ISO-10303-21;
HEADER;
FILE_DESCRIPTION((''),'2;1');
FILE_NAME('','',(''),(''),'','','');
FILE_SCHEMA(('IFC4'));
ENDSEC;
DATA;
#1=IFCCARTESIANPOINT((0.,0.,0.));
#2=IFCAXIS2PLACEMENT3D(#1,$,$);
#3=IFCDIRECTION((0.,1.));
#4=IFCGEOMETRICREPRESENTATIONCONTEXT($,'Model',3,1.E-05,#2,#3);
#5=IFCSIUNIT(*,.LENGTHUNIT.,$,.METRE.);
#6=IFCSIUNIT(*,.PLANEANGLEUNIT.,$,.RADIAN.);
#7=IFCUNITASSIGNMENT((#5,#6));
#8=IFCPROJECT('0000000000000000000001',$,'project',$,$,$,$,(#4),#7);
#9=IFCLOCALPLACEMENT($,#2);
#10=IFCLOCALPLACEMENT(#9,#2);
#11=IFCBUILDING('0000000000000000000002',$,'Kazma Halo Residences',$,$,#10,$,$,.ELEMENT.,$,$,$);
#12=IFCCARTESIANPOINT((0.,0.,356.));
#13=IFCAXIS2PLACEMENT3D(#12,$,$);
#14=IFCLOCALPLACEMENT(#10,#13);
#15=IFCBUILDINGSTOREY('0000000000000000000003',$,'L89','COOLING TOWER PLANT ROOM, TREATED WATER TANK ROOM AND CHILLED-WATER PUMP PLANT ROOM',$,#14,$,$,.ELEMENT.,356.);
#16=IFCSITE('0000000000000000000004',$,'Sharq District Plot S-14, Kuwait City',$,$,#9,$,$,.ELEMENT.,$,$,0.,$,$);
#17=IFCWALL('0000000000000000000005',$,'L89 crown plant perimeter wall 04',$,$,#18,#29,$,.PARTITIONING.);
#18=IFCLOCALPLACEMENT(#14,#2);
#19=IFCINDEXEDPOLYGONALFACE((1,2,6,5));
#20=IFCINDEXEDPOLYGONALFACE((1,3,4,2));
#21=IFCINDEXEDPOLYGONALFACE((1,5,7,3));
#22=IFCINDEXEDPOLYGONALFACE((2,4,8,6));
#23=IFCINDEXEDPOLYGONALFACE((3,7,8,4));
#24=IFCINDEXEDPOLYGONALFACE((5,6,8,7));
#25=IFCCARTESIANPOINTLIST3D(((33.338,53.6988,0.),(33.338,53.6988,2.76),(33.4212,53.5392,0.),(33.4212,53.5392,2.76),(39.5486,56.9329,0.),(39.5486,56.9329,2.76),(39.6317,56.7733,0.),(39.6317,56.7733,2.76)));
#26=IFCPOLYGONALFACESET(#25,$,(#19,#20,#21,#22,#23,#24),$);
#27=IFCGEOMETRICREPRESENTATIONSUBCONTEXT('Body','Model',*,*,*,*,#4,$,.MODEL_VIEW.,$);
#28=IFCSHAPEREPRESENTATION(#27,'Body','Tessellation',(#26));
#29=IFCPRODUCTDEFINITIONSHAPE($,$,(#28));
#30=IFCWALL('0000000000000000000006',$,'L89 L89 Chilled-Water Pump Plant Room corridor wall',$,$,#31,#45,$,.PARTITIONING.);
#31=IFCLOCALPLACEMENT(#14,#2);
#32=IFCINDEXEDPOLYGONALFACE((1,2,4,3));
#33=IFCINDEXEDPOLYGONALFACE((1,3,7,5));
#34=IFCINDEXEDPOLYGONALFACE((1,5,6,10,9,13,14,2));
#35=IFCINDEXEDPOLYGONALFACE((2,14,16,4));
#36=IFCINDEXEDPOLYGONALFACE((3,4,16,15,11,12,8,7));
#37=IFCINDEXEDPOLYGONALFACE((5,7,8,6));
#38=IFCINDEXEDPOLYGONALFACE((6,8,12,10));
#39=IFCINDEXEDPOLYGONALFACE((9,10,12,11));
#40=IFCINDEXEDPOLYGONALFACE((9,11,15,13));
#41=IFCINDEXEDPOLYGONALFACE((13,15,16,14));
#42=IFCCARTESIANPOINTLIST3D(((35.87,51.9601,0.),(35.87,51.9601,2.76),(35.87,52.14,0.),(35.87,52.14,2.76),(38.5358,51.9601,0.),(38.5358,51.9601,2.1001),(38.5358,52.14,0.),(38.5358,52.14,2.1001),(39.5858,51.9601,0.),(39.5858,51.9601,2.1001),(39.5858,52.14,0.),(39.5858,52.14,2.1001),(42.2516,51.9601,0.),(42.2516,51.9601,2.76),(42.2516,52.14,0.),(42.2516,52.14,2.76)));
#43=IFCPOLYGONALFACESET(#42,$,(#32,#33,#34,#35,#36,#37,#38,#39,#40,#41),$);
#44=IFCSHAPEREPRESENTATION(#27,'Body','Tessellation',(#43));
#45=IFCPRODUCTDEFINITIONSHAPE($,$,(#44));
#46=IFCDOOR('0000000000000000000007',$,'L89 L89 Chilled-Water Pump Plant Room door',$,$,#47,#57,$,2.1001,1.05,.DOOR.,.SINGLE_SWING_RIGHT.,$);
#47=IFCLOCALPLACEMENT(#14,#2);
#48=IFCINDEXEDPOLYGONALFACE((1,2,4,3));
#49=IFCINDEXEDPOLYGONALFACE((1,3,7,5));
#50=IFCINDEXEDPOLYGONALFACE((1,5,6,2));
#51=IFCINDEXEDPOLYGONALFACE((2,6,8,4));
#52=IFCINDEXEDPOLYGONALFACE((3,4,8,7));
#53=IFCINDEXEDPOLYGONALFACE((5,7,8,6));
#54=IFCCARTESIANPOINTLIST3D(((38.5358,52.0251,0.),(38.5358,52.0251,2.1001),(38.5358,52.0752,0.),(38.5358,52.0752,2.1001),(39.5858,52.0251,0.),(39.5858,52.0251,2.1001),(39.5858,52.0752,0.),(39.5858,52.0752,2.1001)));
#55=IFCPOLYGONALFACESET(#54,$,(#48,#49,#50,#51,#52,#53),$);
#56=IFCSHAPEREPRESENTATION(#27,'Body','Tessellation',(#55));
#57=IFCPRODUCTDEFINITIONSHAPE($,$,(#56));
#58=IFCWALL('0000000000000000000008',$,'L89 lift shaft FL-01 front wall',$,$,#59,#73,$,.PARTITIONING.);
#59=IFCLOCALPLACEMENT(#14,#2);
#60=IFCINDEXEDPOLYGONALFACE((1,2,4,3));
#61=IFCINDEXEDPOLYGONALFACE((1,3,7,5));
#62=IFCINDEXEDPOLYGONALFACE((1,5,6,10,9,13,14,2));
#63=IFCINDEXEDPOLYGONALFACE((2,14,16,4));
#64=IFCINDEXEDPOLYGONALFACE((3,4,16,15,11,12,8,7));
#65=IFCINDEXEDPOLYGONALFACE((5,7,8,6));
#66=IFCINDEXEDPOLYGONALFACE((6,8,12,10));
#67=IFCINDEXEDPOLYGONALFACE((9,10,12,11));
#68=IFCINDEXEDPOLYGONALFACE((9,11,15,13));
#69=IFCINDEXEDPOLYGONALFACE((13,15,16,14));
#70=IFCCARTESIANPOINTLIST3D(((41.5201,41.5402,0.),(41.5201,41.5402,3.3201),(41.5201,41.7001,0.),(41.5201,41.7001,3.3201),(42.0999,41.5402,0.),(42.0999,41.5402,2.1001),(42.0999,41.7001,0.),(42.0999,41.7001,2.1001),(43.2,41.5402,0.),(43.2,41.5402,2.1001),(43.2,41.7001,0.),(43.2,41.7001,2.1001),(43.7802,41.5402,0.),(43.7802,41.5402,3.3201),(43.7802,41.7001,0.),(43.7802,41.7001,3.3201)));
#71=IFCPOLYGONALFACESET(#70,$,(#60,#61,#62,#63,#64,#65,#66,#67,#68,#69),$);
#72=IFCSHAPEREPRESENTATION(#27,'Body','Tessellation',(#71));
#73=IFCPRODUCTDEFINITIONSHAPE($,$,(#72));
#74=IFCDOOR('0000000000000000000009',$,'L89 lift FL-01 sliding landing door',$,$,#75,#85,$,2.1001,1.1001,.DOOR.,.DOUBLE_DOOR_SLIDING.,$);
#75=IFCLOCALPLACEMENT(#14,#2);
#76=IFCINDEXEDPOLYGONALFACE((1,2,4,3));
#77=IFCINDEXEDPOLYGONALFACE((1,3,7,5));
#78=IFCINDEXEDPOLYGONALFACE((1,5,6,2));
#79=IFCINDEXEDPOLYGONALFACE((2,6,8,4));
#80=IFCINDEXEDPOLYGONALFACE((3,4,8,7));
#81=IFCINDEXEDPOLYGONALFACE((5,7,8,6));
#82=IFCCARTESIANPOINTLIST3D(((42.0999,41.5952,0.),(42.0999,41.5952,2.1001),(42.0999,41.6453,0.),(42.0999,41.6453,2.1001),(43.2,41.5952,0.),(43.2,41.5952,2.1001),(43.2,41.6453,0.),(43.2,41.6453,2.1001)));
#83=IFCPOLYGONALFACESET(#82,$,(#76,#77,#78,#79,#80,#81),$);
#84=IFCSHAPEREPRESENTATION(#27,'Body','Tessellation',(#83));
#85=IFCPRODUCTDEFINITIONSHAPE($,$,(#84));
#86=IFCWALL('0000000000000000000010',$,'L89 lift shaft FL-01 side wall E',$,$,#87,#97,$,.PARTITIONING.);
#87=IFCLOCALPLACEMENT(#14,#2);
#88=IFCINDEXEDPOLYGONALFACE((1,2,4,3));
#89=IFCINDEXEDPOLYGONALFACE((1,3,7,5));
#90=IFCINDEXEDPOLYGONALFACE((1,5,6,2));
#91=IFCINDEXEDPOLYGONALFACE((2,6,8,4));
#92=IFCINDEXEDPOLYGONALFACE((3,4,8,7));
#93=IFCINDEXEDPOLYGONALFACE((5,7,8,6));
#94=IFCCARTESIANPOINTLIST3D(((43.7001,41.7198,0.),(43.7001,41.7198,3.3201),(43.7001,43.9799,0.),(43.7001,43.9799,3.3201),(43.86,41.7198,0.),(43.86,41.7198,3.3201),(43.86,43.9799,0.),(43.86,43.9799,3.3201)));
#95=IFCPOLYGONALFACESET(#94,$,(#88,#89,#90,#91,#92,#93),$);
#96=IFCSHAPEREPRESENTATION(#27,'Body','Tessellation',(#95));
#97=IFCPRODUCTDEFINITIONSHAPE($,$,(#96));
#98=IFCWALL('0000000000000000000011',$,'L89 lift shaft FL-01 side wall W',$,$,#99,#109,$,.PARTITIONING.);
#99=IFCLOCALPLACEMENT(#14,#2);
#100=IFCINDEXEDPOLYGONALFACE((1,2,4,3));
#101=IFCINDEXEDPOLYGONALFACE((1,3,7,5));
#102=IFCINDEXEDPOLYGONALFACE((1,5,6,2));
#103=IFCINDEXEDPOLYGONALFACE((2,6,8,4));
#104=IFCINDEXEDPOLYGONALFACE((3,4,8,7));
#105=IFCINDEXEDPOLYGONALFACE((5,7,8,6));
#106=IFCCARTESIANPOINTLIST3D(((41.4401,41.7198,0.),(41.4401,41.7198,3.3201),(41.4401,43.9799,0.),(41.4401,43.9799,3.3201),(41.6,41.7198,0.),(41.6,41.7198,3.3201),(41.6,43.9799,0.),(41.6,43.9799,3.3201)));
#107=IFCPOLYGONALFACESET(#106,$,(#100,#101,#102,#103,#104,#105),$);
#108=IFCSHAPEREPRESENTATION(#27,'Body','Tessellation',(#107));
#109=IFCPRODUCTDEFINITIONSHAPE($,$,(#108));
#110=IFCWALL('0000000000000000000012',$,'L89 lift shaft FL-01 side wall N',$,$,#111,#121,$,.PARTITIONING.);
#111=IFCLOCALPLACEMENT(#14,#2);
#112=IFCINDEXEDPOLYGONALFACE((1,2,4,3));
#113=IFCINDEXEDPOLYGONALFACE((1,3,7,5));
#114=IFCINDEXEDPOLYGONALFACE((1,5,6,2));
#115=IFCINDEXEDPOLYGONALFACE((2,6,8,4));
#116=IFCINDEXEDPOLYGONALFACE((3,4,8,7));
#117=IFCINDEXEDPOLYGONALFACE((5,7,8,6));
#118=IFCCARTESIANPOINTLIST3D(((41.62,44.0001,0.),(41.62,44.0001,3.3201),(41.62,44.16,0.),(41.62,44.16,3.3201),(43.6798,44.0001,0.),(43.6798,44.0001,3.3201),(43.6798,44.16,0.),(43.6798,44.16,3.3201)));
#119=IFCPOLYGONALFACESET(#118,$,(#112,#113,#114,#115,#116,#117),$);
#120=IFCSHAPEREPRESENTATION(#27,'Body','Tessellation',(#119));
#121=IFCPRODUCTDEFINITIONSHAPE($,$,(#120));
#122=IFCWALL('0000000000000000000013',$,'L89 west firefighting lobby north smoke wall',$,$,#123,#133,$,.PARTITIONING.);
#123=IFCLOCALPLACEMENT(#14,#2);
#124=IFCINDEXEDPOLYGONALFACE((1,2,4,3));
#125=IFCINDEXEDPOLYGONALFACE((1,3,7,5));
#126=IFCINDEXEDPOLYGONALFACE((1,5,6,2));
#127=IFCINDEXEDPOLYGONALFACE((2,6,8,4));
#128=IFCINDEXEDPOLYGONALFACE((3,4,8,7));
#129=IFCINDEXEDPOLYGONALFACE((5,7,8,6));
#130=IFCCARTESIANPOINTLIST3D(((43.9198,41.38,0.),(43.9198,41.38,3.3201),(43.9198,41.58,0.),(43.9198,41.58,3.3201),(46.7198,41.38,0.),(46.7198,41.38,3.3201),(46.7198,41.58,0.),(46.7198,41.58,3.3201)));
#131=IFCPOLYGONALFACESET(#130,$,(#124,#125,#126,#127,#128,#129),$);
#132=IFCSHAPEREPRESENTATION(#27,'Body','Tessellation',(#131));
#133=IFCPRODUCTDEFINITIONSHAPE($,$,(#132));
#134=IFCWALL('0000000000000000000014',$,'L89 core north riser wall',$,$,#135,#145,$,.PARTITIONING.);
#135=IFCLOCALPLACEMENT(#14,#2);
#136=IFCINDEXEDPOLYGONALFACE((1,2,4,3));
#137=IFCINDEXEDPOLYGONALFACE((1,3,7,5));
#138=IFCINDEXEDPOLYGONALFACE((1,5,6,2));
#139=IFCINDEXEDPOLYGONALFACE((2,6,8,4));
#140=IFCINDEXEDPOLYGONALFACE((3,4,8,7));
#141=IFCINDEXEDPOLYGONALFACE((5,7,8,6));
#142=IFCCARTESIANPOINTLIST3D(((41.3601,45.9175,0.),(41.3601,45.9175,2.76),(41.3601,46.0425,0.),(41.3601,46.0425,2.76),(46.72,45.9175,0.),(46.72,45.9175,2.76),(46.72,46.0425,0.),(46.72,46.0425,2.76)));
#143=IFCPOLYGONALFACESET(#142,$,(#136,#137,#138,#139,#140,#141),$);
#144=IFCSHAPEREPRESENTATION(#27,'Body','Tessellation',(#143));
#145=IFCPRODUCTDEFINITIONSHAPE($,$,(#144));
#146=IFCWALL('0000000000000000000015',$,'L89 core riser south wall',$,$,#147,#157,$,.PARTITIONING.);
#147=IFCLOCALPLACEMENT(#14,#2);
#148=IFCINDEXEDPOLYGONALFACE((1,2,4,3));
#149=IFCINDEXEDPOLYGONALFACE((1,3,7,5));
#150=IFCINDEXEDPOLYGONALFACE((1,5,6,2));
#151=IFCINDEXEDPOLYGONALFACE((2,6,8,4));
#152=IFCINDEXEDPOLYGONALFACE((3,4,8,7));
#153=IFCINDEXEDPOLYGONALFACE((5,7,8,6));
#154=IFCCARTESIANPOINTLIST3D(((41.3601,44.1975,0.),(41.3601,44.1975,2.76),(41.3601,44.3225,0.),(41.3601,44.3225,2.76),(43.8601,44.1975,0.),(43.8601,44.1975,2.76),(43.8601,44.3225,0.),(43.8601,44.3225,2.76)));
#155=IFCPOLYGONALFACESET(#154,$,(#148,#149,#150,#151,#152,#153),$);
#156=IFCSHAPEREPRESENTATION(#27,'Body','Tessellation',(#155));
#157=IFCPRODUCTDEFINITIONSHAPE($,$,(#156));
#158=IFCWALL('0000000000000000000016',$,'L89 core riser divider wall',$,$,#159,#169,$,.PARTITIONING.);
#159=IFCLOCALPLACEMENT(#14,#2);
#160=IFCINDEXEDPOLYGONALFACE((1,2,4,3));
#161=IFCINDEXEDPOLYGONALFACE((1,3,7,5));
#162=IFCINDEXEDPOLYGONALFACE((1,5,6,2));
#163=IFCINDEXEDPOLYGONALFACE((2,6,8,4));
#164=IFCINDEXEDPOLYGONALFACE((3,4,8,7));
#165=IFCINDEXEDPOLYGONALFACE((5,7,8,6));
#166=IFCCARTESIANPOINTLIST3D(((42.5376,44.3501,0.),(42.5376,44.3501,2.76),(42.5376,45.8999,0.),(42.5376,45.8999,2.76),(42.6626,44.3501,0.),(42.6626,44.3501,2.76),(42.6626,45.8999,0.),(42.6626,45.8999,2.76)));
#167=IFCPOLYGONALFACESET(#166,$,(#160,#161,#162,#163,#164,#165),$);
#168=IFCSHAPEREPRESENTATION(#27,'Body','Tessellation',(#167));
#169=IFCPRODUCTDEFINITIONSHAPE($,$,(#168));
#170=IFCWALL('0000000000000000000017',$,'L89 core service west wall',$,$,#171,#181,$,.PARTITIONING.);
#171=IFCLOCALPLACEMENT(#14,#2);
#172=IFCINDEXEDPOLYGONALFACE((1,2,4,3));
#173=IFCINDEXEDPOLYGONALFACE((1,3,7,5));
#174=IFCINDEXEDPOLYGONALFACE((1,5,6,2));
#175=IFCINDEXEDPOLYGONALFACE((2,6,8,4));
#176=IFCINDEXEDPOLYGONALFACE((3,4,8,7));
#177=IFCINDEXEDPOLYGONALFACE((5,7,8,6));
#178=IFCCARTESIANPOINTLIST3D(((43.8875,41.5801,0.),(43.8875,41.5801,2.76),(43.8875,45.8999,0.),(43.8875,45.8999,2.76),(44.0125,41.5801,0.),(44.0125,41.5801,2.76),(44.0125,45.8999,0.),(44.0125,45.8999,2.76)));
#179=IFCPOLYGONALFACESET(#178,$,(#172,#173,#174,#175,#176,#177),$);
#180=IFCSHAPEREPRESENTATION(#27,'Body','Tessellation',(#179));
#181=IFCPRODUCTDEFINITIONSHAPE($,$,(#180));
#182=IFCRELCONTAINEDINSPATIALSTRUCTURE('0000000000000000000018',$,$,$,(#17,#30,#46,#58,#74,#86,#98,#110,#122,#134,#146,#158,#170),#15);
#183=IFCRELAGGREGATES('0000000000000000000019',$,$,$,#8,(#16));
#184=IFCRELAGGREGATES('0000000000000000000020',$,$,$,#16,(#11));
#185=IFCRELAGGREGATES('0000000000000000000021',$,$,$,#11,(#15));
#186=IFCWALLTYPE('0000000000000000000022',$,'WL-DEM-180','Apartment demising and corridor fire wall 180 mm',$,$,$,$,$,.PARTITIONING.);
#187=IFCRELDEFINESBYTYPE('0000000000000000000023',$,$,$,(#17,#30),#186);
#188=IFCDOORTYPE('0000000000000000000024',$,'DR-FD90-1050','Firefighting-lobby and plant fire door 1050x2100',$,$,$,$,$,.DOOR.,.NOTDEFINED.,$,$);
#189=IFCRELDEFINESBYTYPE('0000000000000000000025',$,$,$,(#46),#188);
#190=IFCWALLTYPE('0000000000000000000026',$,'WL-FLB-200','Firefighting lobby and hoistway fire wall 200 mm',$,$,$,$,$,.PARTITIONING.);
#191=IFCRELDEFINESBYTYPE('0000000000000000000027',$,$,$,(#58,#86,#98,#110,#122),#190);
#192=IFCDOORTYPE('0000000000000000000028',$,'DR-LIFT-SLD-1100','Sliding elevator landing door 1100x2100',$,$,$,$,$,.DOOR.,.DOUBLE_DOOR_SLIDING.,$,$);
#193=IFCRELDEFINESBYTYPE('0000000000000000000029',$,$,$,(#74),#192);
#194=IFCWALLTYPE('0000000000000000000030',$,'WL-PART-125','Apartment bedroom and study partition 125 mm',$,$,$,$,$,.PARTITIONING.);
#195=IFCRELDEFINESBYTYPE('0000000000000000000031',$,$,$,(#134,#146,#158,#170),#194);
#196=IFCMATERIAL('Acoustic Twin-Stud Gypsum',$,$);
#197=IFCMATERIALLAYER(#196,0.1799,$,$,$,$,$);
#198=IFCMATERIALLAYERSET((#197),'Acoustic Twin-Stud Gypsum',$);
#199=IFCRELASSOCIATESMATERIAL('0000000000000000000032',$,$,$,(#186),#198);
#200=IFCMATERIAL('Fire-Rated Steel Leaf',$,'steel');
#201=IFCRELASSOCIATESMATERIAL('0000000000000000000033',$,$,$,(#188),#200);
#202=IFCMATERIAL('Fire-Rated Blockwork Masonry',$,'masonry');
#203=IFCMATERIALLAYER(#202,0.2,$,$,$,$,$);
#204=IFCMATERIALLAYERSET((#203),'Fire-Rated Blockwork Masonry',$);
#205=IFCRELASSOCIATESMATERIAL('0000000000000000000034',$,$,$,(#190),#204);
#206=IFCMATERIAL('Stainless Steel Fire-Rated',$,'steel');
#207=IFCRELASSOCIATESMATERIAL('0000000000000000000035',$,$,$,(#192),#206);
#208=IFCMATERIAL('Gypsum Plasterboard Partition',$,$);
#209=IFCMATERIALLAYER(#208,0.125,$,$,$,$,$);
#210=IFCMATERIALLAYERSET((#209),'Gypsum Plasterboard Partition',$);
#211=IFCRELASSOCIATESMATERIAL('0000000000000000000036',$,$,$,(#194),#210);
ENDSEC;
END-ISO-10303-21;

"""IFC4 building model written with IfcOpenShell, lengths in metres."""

from ifc_helpers import new_model, si_unit, direction, frame, frame_2d, origin, place, context, subcontext, project, spatial, rectangle, extrude, material, layer, layer_set, type_object, element, fill, save


model = new_model("IFC4")

# Units and contexts
model_context = context("Model", 3, precision=1e-05, world=origin(), true_north=direction((0.0, 1.0)))
body_context = subcontext(model_context, "Body", "Model", "MODEL_VIEW")
ifc_project = project(units=[si_unit("LENGTHUNIT", "METRE"), si_unit("PLANEANGLEUNIT", "RADIAN")], contexts=[model_context])

# Site, building, storey
site_placement = place(None, origin())
site = spatial("IfcSite", under=ifc_project, at=site_placement, Name="Sharq District Plot S-14, Kuwait City", CompositionType="ELEMENT", RefElevation=0.0)
building_placement = place(site_placement, origin())
building = spatial("IfcBuilding", under=site, at=building_placement, Name="Kazma Halo Residences", CompositionType="ELEMENT")
storey_placement = place(building_placement, frame((0.0, 0.0, 356.0)))
storey = spatial("IfcBuildingStorey", under=building, at=storey_placement, Name="L89", Description="COOLING TOWER PLANT ROOM, TREATED WATER TANK ROOM AND CHILLED-WATER PUMP PLANT ROOM", CompositionType="ELEMENT", Elevation=356.0)

# Wall
ifc_material_1 = material(Name="Acoustic Twin-Stud Gypsum")
ifc_layer_1 = layer(ifc_material_1, 0.1799)
ifc_layer_set_1 = layer_set([ifc_layer_1], Name="Acoustic Twin-Stud Gypsum")
wall_type_1 = type_object("IfcWallType", Name="WL-DEM-180", Description="Apartment demising and corridor fire wall 180 mm", PredefinedType="PARTITIONING", material=ifc_layer_set_1)
wall_1_placement = place(storey_placement, frame((39.5901, 56.853, 0.0), z_axis=(0.0, 0.0, 1.0), x_axis=(-0.886949, -0.461866, 0.0)))
element("IfcWall", 1, at=wall_1_placement, inside=storey, type_object=wall_type_1, Name="L89 crown plant perimeter wall 04", PredefinedType="PARTITIONING", context=body_context, shape_type="SweptSolid", body=[
    extrude(rectangle(XDim=7.0022, YDim=0.1799, at=frame_2d((3.501, 0.0))), origin(), (0.0, 0.0, 1.0), 2.76),
])

# Walls, openings, doors
wall_2_placement = place(storey_placement, frame((42.2517, 52.05, 0.0), z_axis=(0.0, 0.0, 1.0), x_axis=(-1.0, 0.0, 0.0)))
wall_2 = element("IfcWall", 2, at=wall_2_placement, inside=storey, type_object=wall_type_1, Name="L89 L89 Chilled-Water Pump Plant Room corridor wall", PredefinedType="PARTITIONING", context=body_context, shape_type="SweptSolid", body=[
    extrude(rectangle(XDim=6.3816, YDim=0.1799, at=frame_2d((3.1909, 0.0))), origin(), (0.0, 0.0, 1.0), 2.76),
])
opening_1_placement = place(wall_2_placement, frame((2.666, 0.0, 0.0)))
opening_1 = element("IfcOpeningElement", 3, at=opening_1_placement, cuts=wall_2, PredefinedType="OPENING", context=body_context, shape_type="SweptSolid", body=[
    extrude(rectangle(XDim=1.05, YDim=2.1001, at=frame_2d((0.5249, 1.05))), frame((0.0, 0.0999, 0.0), z_axis=(0.0, -1.0, 0.0), x_axis=(1.0, 0.0, 0.0)), (0.0, 0.0, 1.0), 0.2),
])
ifc_material_2 = material(Name="Fire-Rated Steel Leaf", Category="steel")
door_type_1 = type_object("IfcDoorType", Name="DR-FD90-1050", Description="Firefighting-lobby and plant fire door 1050x2100", OperationType="NOTDEFINED", PredefinedType="DOOR", material=ifc_material_2)
door_1_placement = place(opening_1_placement, origin())
door_1 = element("IfcDoor", 4, at=door_1_placement, inside=storey, type_object=door_type_1, Name="L89 L89 Chilled-Water Pump Plant Room door", OperationType="SINGLE_SWING_RIGHT", OverallHeight=2.1001, OverallWidth=1.05, PredefinedType="DOOR", context=body_context, shape_type="SweptSolid", body=[
    extrude(rectangle(XDim=1.05, YDim=2.1001, at=frame_2d((0.5249, 1.05))), frame((0.0, 0.0249, 0.0), z_axis=(0.0, -1.0, 0.0), x_axis=(1.0, 0.0, 0.0)), (0.0, 0.0, 1.0), 0.05),
])
fill(opening_1, door_1)
ifc_material_3 = material(Name="Fire-Rated Blockwork Masonry", Category="masonry")
ifc_layer_2 = layer(ifc_material_3, 0.2)
ifc_layer_set_2 = layer_set([ifc_layer_2], Name="Fire-Rated Blockwork Masonry")
wall_type_2 = type_object("IfcWallType", Name="WL-FLB-200", Description="Firefighting lobby and hoistway fire wall 200 mm", PredefinedType="PARTITIONING", material=ifc_layer_set_2)
wall_3_placement = place(storey_placement, frame((43.78, 41.6201, 0.0), z_axis=(0.0, 0.0, 1.0), x_axis=(-1.0, 0.0, 0.0)))
wall_3 = element("IfcWall", 5, at=wall_3_placement, inside=storey, type_object=wall_type_2, Name="L89 lift shaft FL-01 front wall", PredefinedType="PARTITIONING", context=body_context, shape_type="SweptSolid", body=[
    extrude(rectangle(XDim=2.26, YDim=0.1599, at=frame_2d((1.1299, 0.0))), origin(), (0.0, 0.0, 1.0), 3.3201),
])
opening_2_placement = place(wall_3_placement, frame((0.5801, 0.0, 0.0)))
opening_2 = element("IfcOpeningElement", 6, at=opening_2_placement, cuts=wall_3, PredefinedType="OPENING", context=body_context, shape_type="SweptSolid", body=[
    extrude(rectangle(XDim=1.1001, YDim=2.1001, at=frame_2d((0.55, 1.05))), frame((0.0, 0.0898, 0.0), z_axis=(0.0, -1.0, 0.0), x_axis=(1.0, 0.0, 0.0)), (0.0, 0.0, 1.0), 0.1799),
])
ifc_material_4 = material(Name="Stainless Steel Fire-Rated", Category="steel")
door_type_2 = type_object("IfcDoorType", Name="DR-LIFT-SLD-1100", Description="Sliding elevator landing door 1100x2100", OperationType="DOUBLE_DOOR_SLIDING", PredefinedType="DOOR", material=ifc_material_4)
door_2_placement = place(opening_2_placement, origin())
door_2 = element("IfcDoor", 7, at=door_2_placement, inside=storey, type_object=door_type_2, Name="L89 lift FL-01 sliding landing door", OperationType="DOUBLE_DOOR_SLIDING", OverallHeight=2.1001, OverallWidth=1.1001, PredefinedType="DOOR", context=body_context, shape_type="SweptSolid", body=[
    extrude(rectangle(XDim=1.1001, YDim=2.1001, at=frame_2d((0.55, 1.05))), frame((0.0, 0.0249, 0.0), z_axis=(0.0, -1.0, 0.0), x_axis=(1.0, 0.0, 0.0)), (0.0, 0.0, 1.0), 0.05),
])
fill(opening_2, door_2)

# Walls
for number, where, z_axis, x_axis, name in (
    (8, (43.78, 41.72, 0.0), (0.0, 0.0, 1.0), (0.0, 1.0, 0.0), "L89 lift shaft FL-01 side wall E"),
    (9, (41.52, 41.72, 0.0), (0.0, 0.0, 1.0), (0.0, 1.0, 0.0), "L89 lift shaft FL-01 side wall W"),
):
    element("IfcWall", number, at=place(storey_placement, frame(where, z_axis=z_axis, x_axis=x_axis)), inside=storey, type_object=wall_type_2, Name=name, PredefinedType="PARTITIONING", context=body_context, shape_type="SweptSolid", body=[
        extrude(rectangle(XDim=2.26, YDim=0.1599, at=frame_2d((1.1299, 0.0))), origin(), (0.0, 0.0, 1.0), 3.3201),
    ])
wall_4_placement = place(storey_placement, frame((41.6201, 44.0801, 0.0), z_axis=(0.0, 0.0, 1.0), x_axis=(1.0, 0.0, 0.0)))
element("IfcWall", 10, at=wall_4_placement, inside=storey, type_object=wall_type_2, Name="L89 lift shaft FL-01 side wall N", PredefinedType="PARTITIONING", context=body_context, shape_type="SweptSolid", body=[
    extrude(rectangle(XDim=2.0598, YDim=0.1599, at=frame_2d((1.0298, 0.0))), origin(), (0.0, 0.0, 1.0), 3.3201),
])
wall_5_placement = place(storey_placement, frame((43.9199, 41.48, 0.0), z_axis=(0.0, 0.0, 1.0), x_axis=(1.0, 0.0, 0.0)))
element("IfcWall", 11, at=wall_5_placement, inside=storey, type_object=wall_type_2, Name="L89 west firefighting lobby north smoke wall", PredefinedType="PARTITIONING", context=body_context, shape_type="SweptSolid", body=[
    extrude(rectangle(XDim=2.8, YDim=0.2, at=frame_2d((1.3999, 0.0))), origin(), (0.0, 0.0, 1.0), 3.3201),
])
ifc_material_5 = material(Name="Gypsum Plasterboard Partition")
ifc_layer_3 = layer(ifc_material_5, 0.125)
ifc_layer_set_3 = layer_set([ifc_layer_3], Name="Gypsum Plasterboard Partition")
wall_type_3 = type_object("IfcWallType", Name="WL-PART-125", Description="Apartment bedroom and study partition 125 mm", PredefinedType="PARTITIONING", material=ifc_layer_set_3)
wall_6_placement = place(storey_placement, frame((41.3601, 45.98, 0.0), z_axis=(0.0, 0.0, 1.0), x_axis=(1.0, 0.0, 0.0)))
element("IfcWall", 12, at=wall_6_placement, inside=storey, type_object=wall_type_3, Name="L89 core north riser wall", PredefinedType="PARTITIONING", context=body_context, shape_type="SweptSolid", body=[
    extrude(rectangle(XDim=5.3599, YDim=0.125, at=frame_2d((2.6799, 0.0))), origin(), (0.0, 0.0, 1.0), 2.76),
])
wall_7_placement = place(storey_placement, frame((41.3601, 44.26, 0.0), z_axis=(0.0, 0.0, 1.0), x_axis=(1.0, 0.0, 0.0)))
element("IfcWall", 13, at=wall_7_placement, inside=storey, type_object=wall_type_3, Name="L89 core riser south wall", PredefinedType="PARTITIONING", context=body_context, shape_type="SweptSolid", body=[
    extrude(rectangle(XDim=2.5, YDim=0.125, at=frame_2d((1.25, 0.0))), origin(), (0.0, 0.0, 1.0), 2.76),
])
wall_8_placement = place(storey_placement, frame((42.6001, 44.3501, 0.0), z_axis=(0.0, 0.0, 1.0), x_axis=(0.0, 1.0, 0.0)))
element("IfcWall", 14, at=wall_8_placement, inside=storey, type_object=wall_type_3, Name="L89 core riser divider wall", PredefinedType="PARTITIONING", context=body_context, shape_type="SweptSolid", body=[
    extrude(rectangle(XDim=1.5498, YDim=0.125, at=frame_2d((0.7749, 0.0))), origin(), (0.0, 0.0, 1.0), 2.76),
])
wall_9_placement = place(storey_placement, frame((43.95, 41.5801, 0.0), z_axis=(0.0, 0.0, 1.0), x_axis=(0.0, 1.0, 0.0)))
element("IfcWall", 15, at=wall_9_placement, inside=storey, type_object=wall_type_3, Name="L89 core service west wall", PredefinedType="PARTITIONING", context=body_context, shape_type="SweptSolid", body=[
    extrude(rectangle(XDim=4.3198, YDim=0.125, at=frame_2d((2.1599, 0.0))), origin(), (0.0, 0.0, 1.0), 2.76),
])

save(model, "model.ifc")
